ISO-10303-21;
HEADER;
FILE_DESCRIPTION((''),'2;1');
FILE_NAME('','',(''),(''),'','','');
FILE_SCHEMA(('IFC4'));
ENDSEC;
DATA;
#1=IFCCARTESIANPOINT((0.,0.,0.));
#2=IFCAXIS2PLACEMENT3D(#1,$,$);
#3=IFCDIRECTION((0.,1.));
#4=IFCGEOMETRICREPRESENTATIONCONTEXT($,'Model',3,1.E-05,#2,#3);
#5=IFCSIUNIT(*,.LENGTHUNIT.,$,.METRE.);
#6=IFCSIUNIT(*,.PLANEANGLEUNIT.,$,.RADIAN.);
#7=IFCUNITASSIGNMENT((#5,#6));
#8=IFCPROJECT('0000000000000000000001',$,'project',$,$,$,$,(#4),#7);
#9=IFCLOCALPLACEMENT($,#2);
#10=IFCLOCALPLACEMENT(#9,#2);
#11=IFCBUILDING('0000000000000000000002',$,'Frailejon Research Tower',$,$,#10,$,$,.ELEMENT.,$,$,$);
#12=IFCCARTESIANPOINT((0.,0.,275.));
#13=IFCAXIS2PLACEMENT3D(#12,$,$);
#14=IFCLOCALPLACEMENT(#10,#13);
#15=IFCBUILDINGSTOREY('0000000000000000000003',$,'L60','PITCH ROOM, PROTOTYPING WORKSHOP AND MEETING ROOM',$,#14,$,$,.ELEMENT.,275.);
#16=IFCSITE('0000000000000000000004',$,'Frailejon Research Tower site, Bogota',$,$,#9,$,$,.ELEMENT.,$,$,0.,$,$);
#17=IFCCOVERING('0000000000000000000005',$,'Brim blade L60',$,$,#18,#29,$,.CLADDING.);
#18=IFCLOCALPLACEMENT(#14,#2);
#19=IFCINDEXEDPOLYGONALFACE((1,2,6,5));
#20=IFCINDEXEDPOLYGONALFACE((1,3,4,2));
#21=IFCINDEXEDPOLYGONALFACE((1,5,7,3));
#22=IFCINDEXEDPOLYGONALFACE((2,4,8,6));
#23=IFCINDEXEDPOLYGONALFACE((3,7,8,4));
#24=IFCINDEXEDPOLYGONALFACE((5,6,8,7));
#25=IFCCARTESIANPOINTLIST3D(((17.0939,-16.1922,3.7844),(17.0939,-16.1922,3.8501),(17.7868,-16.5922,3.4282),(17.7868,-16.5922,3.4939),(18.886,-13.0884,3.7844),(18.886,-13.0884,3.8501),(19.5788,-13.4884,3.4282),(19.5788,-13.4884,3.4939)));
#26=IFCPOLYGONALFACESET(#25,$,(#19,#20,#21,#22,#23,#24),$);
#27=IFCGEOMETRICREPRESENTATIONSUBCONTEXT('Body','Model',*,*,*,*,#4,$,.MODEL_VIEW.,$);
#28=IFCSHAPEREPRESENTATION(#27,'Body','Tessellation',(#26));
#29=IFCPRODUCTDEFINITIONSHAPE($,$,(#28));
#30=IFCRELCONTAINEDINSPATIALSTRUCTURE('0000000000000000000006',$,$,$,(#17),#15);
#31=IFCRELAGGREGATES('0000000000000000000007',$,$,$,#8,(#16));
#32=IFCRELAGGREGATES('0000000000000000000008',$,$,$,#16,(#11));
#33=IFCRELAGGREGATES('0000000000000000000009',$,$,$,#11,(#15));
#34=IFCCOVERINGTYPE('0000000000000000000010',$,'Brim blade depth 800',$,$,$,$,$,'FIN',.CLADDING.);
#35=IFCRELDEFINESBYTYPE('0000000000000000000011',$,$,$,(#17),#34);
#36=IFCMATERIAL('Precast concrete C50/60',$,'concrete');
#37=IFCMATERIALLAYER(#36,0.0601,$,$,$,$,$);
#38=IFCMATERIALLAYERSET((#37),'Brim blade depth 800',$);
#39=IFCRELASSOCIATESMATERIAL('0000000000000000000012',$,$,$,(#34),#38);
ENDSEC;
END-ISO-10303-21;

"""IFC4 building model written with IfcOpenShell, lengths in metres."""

from ifc_helpers import new_model, si_unit, direction, frame, origin, place, context, subcontext, project, spatial, polyline, outline, extrude, material, layer, layer_set, type_object, element, save


model = new_model("IFC4")

# Units and contexts
model_context = context("Model", 3, precision=1e-05, world=origin(), true_north=direction((0.0, 1.0)))
body_context = subcontext(model_context, "Body", "Model", "MODEL_VIEW")
ifc_project = project(units=[si_unit("LENGTHUNIT", "METRE"), si_unit("PLANEANGLEUNIT", "RADIAN")], contexts=[model_context])

# Site, building, storey
site_placement = place(None, origin())
site = spatial("IfcSite", under=ifc_project, at=site_placement, Name="Frailejon Research Tower site, Bogota", CompositionType="ELEMENT", RefElevation=0.0)
building_placement = place(site_placement, origin())
building = spatial("IfcBuilding", under=site, at=building_placement, Name="Frailejon Research Tower", CompositionType="ELEMENT")
storey_placement = place(building_placement, frame((0.0, 0.0, 275.0)))
storey = spatial("IfcBuildingStorey", under=building, at=storey_placement, Name="L60", Description="PITCH ROOM, PROTOTYPING WORKSHOP AND MEETING ROOM", CompositionType="ELEMENT", Elevation=275.0)

# Covering
ifc_material_1 = material(Name="Precast concrete C50/60", Category="concrete")
ifc_layer_1 = layer(ifc_material_1, 0.0601)
ifc_layer_set_1 = layer_set([ifc_layer_1], Name="Brim blade depth 800")
covering_type_1 = type_object("IfcCoveringType", Name="Brim blade depth 800", ElementType="FIN", PredefinedType="CLADDING", material=ifc_layer_set_1)
covering_1_placement = place(storey_placement, frame((18.886, -13.0884, 3.8501), z_axis=(-0.500016, -0.866016, 0.0), x_axis=(0.866016, -0.500016, 0.0)))
element("IfcCovering", 1, at=covering_1_placement, inside=storey, type_object=covering_type_1, Name="Brim blade L60", PredefinedType="CLADDING", context=body_context, shape_type="SweptSolid", body=[
    extrude(outline(polyline([(0.0, -0.0657), (0.8, -0.4219), (0.8, -0.3562), (0.0, 0.0), (0.0, -0.0657)])), origin(), (0.0, 0.0, 1.0), 3.584),
])

save(model, "model.ifc")
